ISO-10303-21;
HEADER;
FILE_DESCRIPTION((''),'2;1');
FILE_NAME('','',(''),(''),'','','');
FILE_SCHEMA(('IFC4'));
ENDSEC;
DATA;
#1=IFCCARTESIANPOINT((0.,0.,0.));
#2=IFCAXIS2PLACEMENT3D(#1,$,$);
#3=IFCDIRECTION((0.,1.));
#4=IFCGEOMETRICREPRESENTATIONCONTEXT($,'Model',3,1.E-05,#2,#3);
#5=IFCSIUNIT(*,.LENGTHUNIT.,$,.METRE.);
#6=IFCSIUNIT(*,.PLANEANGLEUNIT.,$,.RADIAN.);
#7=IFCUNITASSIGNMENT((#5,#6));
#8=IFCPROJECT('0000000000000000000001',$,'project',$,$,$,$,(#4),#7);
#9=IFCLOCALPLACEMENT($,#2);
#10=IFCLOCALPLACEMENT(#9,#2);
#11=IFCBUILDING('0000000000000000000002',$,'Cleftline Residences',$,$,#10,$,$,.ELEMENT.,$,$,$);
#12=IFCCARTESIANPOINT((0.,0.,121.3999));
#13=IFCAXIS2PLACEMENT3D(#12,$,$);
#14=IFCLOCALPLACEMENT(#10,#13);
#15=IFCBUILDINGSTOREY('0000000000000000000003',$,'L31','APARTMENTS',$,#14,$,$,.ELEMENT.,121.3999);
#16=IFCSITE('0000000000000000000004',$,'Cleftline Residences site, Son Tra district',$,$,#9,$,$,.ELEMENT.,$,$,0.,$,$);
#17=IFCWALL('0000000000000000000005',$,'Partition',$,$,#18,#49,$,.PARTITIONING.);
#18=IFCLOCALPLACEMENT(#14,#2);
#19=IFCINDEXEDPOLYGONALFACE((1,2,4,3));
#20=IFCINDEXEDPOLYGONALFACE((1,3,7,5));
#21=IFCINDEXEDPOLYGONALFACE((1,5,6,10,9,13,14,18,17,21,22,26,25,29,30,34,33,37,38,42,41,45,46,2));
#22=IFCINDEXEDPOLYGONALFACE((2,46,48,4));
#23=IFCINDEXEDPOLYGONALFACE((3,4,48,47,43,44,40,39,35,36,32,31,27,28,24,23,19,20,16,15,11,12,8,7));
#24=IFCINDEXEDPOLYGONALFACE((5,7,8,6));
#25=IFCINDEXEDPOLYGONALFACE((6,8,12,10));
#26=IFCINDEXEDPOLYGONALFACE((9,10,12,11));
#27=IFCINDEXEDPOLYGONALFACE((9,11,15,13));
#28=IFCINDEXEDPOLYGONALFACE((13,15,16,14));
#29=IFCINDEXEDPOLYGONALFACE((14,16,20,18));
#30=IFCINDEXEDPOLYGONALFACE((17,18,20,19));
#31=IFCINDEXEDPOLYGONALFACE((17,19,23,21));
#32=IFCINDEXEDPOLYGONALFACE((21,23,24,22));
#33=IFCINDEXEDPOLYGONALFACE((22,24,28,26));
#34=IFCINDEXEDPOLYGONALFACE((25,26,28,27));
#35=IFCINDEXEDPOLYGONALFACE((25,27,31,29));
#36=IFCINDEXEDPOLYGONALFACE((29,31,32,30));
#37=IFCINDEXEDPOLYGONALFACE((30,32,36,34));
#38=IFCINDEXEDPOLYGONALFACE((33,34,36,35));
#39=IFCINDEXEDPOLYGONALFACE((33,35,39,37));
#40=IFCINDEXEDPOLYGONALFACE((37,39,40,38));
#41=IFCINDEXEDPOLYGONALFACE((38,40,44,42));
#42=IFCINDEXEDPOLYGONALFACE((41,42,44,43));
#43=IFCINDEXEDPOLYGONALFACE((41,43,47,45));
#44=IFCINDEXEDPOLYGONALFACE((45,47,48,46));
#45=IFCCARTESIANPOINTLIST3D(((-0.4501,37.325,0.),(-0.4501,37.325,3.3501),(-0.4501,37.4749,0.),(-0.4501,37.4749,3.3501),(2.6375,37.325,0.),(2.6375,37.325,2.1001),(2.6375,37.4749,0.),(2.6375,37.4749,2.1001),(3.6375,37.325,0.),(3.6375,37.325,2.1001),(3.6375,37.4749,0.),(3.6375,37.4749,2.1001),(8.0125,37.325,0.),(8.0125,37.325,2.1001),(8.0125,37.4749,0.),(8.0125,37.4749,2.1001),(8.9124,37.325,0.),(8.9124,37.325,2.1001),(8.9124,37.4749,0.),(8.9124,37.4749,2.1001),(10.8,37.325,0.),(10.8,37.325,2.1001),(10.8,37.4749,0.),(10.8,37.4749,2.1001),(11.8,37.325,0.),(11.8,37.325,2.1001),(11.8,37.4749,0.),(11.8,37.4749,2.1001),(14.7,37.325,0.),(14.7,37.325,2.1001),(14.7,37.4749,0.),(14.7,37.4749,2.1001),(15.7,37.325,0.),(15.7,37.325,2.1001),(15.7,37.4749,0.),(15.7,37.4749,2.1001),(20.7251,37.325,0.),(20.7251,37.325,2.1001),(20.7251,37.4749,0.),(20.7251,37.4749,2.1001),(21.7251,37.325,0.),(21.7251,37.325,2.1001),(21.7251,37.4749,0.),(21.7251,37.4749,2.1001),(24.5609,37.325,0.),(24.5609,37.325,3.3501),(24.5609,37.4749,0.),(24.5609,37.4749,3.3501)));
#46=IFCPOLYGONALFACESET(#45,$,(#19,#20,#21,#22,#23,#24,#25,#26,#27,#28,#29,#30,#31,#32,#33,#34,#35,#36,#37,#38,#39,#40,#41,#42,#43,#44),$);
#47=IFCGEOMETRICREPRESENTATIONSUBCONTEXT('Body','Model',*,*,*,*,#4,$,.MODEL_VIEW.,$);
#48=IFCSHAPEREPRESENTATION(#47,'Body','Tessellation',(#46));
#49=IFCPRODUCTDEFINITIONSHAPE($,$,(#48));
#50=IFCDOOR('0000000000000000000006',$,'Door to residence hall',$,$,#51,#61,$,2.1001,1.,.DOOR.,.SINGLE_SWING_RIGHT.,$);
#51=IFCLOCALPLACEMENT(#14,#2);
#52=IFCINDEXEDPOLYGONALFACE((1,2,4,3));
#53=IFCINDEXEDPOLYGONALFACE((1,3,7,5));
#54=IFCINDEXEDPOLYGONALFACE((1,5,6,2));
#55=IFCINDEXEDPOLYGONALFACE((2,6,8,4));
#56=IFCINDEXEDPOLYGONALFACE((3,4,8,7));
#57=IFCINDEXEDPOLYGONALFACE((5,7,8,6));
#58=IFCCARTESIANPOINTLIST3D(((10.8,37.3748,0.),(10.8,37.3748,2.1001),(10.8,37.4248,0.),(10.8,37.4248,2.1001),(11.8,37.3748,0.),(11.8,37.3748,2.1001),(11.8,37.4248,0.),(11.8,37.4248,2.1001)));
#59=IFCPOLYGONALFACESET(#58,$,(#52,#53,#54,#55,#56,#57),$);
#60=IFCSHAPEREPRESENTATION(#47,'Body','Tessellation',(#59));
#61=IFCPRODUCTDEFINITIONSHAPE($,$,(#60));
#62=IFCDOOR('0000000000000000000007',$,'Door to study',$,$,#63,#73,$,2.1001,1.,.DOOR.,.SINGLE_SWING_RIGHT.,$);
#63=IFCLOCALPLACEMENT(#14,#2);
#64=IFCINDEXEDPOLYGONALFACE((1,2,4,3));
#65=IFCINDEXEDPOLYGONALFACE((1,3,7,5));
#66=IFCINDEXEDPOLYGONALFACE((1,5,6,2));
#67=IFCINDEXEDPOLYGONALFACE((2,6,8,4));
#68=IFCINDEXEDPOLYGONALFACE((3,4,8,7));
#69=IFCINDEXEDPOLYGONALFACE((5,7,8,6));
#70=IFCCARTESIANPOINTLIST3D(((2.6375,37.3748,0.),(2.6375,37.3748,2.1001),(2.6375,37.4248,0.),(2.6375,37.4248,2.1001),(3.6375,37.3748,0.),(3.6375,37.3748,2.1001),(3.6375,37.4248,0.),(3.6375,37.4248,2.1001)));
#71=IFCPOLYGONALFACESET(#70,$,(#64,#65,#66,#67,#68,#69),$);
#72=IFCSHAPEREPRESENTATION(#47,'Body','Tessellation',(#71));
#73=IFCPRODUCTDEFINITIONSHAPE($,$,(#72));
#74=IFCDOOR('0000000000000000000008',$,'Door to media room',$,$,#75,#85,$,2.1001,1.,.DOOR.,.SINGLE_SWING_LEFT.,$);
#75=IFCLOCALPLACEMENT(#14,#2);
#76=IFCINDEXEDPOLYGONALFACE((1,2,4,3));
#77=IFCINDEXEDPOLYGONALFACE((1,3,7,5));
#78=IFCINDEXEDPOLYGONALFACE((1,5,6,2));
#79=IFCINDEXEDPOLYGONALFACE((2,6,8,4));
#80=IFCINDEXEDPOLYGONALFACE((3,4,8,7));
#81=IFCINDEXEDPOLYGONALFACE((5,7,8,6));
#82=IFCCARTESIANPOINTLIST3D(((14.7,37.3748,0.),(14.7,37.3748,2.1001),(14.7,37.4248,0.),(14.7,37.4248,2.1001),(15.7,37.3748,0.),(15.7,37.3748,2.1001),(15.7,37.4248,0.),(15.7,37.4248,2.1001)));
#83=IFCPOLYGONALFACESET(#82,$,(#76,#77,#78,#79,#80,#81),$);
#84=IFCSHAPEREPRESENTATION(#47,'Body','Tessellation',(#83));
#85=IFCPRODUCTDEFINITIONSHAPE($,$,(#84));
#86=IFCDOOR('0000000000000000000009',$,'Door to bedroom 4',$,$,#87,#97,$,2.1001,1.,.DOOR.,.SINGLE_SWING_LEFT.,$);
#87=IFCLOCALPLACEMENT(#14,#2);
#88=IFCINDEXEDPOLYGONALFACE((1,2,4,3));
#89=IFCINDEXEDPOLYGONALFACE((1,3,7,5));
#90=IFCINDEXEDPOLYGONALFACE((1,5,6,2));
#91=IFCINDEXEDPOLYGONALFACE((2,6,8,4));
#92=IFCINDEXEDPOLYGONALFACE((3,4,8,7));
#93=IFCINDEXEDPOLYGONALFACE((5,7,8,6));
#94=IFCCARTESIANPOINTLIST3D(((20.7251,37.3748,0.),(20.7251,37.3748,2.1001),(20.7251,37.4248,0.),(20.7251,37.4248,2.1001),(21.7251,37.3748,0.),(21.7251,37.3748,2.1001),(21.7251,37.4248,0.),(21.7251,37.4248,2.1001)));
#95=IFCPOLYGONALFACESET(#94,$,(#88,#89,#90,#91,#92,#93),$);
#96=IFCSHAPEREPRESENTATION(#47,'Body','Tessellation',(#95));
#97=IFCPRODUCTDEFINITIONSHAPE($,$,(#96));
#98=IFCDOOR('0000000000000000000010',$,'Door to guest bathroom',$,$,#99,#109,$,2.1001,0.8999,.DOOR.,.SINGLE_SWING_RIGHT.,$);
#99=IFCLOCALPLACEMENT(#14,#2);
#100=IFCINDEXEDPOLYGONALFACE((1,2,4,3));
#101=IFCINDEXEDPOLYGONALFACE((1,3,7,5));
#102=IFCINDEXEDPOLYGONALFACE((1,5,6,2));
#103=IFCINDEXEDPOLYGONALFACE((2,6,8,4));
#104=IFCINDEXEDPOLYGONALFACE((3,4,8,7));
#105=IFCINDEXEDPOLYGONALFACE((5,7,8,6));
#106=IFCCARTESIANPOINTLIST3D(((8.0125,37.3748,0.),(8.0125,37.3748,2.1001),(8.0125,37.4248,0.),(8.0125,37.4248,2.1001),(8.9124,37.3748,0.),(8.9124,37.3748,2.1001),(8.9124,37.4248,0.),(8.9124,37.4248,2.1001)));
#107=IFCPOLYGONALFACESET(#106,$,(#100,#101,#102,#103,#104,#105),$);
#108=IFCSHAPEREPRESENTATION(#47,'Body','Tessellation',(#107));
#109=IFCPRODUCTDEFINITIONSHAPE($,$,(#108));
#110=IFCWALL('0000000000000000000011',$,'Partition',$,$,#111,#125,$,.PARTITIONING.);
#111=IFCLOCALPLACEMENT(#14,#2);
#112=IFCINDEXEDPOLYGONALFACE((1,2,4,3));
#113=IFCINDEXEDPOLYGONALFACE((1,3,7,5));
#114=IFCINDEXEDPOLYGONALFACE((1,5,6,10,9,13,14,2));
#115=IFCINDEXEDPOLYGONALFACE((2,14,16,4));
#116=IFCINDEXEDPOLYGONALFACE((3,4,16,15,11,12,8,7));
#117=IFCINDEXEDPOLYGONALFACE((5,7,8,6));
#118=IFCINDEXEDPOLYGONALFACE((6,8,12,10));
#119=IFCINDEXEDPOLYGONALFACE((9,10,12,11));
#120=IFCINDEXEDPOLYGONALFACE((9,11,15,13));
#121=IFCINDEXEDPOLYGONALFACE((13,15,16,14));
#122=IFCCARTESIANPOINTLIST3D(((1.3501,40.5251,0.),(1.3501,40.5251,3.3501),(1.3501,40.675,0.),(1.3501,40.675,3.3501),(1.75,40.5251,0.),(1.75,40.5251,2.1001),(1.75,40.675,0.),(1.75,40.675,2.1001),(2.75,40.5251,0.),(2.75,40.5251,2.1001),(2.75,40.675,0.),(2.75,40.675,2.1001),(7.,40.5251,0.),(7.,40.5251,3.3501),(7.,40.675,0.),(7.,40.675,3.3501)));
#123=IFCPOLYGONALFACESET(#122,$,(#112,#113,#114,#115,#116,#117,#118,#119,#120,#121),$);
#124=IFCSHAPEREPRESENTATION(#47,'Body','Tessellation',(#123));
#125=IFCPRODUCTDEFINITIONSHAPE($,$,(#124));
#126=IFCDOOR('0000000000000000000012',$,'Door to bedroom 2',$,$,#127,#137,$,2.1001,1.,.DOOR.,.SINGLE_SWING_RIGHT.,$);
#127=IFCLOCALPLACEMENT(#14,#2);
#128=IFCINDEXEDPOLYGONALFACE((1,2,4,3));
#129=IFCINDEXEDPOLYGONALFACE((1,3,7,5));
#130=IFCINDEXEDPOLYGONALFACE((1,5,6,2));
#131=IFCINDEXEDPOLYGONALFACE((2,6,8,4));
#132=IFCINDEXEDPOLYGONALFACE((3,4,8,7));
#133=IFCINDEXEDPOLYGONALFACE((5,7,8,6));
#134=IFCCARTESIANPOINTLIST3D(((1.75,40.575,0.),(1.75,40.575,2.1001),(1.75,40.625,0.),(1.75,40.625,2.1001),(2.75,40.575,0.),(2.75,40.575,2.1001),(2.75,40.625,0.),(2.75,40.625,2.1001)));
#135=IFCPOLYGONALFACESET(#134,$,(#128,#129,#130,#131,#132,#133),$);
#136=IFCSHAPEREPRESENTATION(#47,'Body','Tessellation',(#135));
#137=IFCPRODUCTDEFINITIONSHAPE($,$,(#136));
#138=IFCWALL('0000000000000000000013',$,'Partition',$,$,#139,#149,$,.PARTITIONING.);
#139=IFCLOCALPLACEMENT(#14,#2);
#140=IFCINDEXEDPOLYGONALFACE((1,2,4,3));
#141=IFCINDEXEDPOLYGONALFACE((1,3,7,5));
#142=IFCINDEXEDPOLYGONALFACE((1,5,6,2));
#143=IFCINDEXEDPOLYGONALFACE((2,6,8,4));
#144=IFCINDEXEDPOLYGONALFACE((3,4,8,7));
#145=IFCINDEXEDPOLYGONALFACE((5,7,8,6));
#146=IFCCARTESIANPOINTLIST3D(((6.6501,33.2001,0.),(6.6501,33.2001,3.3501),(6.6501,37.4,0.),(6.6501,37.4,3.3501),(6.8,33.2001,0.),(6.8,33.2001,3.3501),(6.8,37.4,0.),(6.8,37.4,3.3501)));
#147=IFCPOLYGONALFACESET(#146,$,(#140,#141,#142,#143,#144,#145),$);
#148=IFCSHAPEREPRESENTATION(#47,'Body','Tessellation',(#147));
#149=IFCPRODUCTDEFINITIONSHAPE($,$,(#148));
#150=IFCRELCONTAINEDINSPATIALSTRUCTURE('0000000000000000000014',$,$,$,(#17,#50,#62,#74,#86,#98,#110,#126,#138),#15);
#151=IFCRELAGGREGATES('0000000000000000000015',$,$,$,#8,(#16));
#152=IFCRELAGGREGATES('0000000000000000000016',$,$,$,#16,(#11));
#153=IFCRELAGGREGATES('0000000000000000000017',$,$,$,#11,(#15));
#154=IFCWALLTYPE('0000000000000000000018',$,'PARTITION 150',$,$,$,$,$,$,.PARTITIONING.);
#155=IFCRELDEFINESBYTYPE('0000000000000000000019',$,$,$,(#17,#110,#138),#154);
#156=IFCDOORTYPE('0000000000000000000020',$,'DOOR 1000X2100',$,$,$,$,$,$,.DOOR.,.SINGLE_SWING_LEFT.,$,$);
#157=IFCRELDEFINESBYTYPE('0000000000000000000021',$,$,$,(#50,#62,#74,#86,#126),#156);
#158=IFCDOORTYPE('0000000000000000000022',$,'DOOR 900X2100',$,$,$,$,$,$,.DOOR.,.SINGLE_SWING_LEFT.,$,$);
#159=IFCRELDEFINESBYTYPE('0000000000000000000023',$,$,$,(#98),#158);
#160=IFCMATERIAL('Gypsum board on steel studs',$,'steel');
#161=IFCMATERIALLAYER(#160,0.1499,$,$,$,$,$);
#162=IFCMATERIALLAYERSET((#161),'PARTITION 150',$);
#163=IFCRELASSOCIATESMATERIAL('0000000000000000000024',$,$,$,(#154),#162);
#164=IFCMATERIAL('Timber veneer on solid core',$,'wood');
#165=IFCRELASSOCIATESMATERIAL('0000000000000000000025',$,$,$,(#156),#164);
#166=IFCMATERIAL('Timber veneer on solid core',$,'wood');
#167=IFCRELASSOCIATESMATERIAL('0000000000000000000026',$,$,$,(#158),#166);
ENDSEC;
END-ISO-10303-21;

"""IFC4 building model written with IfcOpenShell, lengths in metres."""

from ifc_helpers import new_model, si_unit, direction, frame, frame_2d, origin, place, context, subcontext, project, spatial, rectangle, extrude, material, layer, layer_set, type_object, element, fill, save


model = new_model("IFC4")

# Units and contexts
model_context = context("Model", 3, precision=1e-05, world=origin(), true_north=direction((0.0, 1.0)))
body_context = subcontext(model_context, "Body", "Model", "MODEL_VIEW")
ifc_project = project(units=[si_unit("LENGTHUNIT", "METRE"), si_unit("PLANEANGLEUNIT", "RADIAN")], contexts=[model_context])

# Site, building, storey
site_placement = place(None, origin())
site = spatial("IfcSite", under=ifc_project, at=site_placement, Name="Cleftline Residences site, Son Tra district", CompositionType="ELEMENT", RefElevation=0.0)
building_placement = place(site_placement, origin())
building = spatial("IfcBuilding", under=site, at=building_placement, Name="Cleftline Residences", CompositionType="ELEMENT")
storey_placement = place(building_placement, frame((0.0, 0.0, 121.3999)))
storey = spatial("IfcBuildingStorey", under=building, at=storey_placement, Name="L31", Description="APARTMENTS", CompositionType="ELEMENT", Elevation=121.3999)

# Shared definitions
ifc_material_1 = material(Name="Gypsum board on steel studs", Category="steel")
ifc_layer = layer(ifc_material_1, 0.1499)
ifc_layer_set = layer_set([ifc_layer], Name="PARTITION 150")
wall_type = type_object("IfcWallType", Name="PARTITION 150", PredefinedType="PARTITIONING", material=ifc_layer_set)

# Wall, openings, doors
wall_1_placement = place(storey_placement, frame((-0.45, 37.3999, 0.0), z_axis=(0.0, 0.0, 1.0), x_axis=(1.0, 0.0, 0.0)))
wall_1 = element("IfcWall", 1, at=wall_1_placement, inside=storey, type_object=wall_type, Name="Partition", PredefinedType="PARTITIONING", context=body_context, shape_type="SweptSolid", body=[
    extrude(rectangle(XDim=25.011, YDim=0.1499, at=frame_2d((12.5054, 0.0))), origin(), (0.0, 0.0, 1.0), 3.3501),
])
opening_1_placement = place(wall_1_placement, frame((11.25, 0.0, 0.0)))
opening_1 = element("IfcOpeningElement", 2, at=opening_1_placement, cuts=wall_1, PredefinedType="OPENING", context=body_context, shape_type="SweptSolid", body=[
    extrude(rectangle(XDim=1.0, YDim=2.1001, at=frame_2d((0.5, 1.05))), frame((0.0, 0.085, 0.0), z_axis=(0.0, -1.0, 0.0), x_axis=(1.0, 0.0, 0.0)), (0.0, 0.0, 1.0), 0.1699),
])
opening_2_placement = place(wall_1_placement, frame((3.0874, 0.0, 0.0)))
opening_2 = element("IfcOpeningElement", 3, at=opening_2_placement, cuts=wall_1, PredefinedType="OPENING", context=body_context, shape_type="SweptSolid", body=[
    extrude(rectangle(XDim=1.0, YDim=2.1001, at=frame_2d((0.5, 1.05))), frame((0.0, 0.085, 0.0), z_axis=(0.0, -1.0, 0.0), x_axis=(1.0, 0.0, 0.0)), (0.0, 0.0, 1.0), 0.1699),
])
opening_3_placement = place(wall_1_placement, frame((8.4624, 0.0, 0.0)))
opening_3 = element("IfcOpeningElement", 4, at=opening_3_placement, cuts=wall_1, PredefinedType="OPENING", context=body_context, shape_type="SweptSolid", body=[
    extrude(rectangle(XDim=0.8999, YDim=2.1001, at=frame_2d((0.45, 1.05))), frame((0.0, 0.085, 0.0), z_axis=(0.0, -1.0, 0.0), x_axis=(1.0, 0.0, 0.0)), (0.0, 0.0, 1.0), 0.1699),
])
opening_4_placement = place(wall_1_placement, frame((15.1499, 0.0, 0.0)))
opening_4 = element("IfcOpeningElement", 5, at=opening_4_placement, cuts=wall_1, PredefinedType="OPENING", context=body_context, shape_type="SweptSolid", body=[
    extrude(rectangle(XDim=1.0, YDim=2.1001, at=frame_2d((0.5, 1.05))), frame((0.0, 0.085, 0.0), z_axis=(0.0, -1.0, 0.0), x_axis=(1.0, 0.0, 0.0)), (0.0, 0.0, 1.0), 0.1699),
])
opening_5_placement = place(wall_1_placement, frame((21.175, 0.0, 0.0)))
opening_5 = element("IfcOpeningElement", 6, at=opening_5_placement, cuts=wall_1, PredefinedType="OPENING", context=body_context, shape_type="SweptSolid", body=[
    extrude(rectangle(XDim=1.0, YDim=2.1001, at=frame_2d((0.5, 1.05))), frame((0.0, 0.085, 0.0), z_axis=(0.0, -1.0, 0.0), x_axis=(1.0, 0.0, 0.0)), (0.0, 0.0, 1.0), 0.1699),
])
ifc_material_2 = material(Name="Timber veneer on solid core", Category="wood")
door_type_1 = type_object("IfcDoorType", Name="DOOR 1000X2100", OperationType="SINGLE_SWING_LEFT", PredefinedType="DOOR", material=ifc_material_2)
door_1_placement = place(opening_1_placement, origin())
door_1 = element("IfcDoor", 7, at=door_1_placement, inside=storey, type_object=door_type_1, Name="Door to residence hall", OperationType="SINGLE_SWING_RIGHT", OverallHeight=2.1001, OverallWidth=1.0, PredefinedType="DOOR", context=body_context, shape_type="SweptSolid", body=[
    extrude(rectangle(XDim=1.0, YDim=2.1001, at=frame_2d((0.5, 1.05))), frame((0.0, 0.0249, 0.0), z_axis=(0.0, -1.0, 0.0), x_axis=(1.0, 0.0, 0.0)), (0.0, 0.0, 1.0), 0.05),
])
fill(opening_1, door_1)
door_2_placement = place(opening_2_placement, origin())
door_2 = element("IfcDoor", 8, at=door_2_placement, inside=storey, type_object=door_type_1, Name="Door to study", OperationType="SINGLE_SWING_RIGHT", OverallHeight=2.1001, OverallWidth=1.0, PredefinedType="DOOR", context=body_context, shape_type="SweptSolid", body=[
    extrude(rectangle(XDim=1.0, YDim=2.1001, at=frame_2d((0.5, 1.05))), frame((0.0, 0.0249, 0.0), z_axis=(0.0, -1.0, 0.0), x_axis=(1.0, 0.0, 0.0)), (0.0, 0.0, 1.0), 0.05),
])
fill(opening_2, door_2)
door_3_placement = place(opening_4_placement, origin())
door_3 = element("IfcDoor", 9, at=door_3_placement, inside=storey, type_object=door_type_1, Name="Door to media room", OperationType="SINGLE_SWING_LEFT", OverallHeight=2.1001, OverallWidth=1.0, PredefinedType="DOOR", context=body_context, shape_type="SweptSolid", body=[
    extrude(rectangle(XDim=1.0, YDim=2.1001, at=frame_2d((0.5, 1.05))), frame((0.0, 0.0249, 0.0), z_axis=(0.0, -1.0, 0.0), x_axis=(1.0, 0.0, 0.0)), (0.0, 0.0, 1.0), 0.05),
])
fill(opening_4, door_3)
door_4_placement = place(opening_5_placement, origin())
door_4 = element("IfcDoor", 10, at=door_4_placement, inside=storey, type_object=door_type_1, Name="Door to bedroom 4", OperationType="SINGLE_SWING_LEFT", OverallHeight=2.1001, OverallWidth=1.0, PredefinedType="DOOR", context=body_context, shape_type="SweptSolid", body=[
    extrude(rectangle(XDim=1.0, YDim=2.1001, at=frame_2d((0.5, 1.05))), frame((0.0, 0.0249, 0.0), z_axis=(0.0, -1.0, 0.0), x_axis=(1.0, 0.0, 0.0)), (0.0, 0.0, 1.0), 0.05),
])
fill(opening_5, door_4)
ifc_material_3 = material(Name="Timber veneer on solid core", Category="wood")
door_type_2 = type_object("IfcDoorType", Name="DOOR 900X2100", OperationType="SINGLE_SWING_LEFT", PredefinedType="DOOR", material=ifc_material_3)
door_5_placement = place(opening_3_placement, origin())
door_5 = element("IfcDoor", 11, at=door_5_placement, inside=storey, type_object=door_type_2, Name="Door to guest bathroom", OperationType="SINGLE_SWING_RIGHT", OverallHeight=2.1001, OverallWidth=0.8999, PredefinedType="DOOR", context=body_context, shape_type="SweptSolid", body=[
    extrude(rectangle(XDim=0.8999, YDim=2.1001, at=frame_2d((0.45, 1.05))), frame((0.0, 0.0249, 0.0), z_axis=(0.0, -1.0, 0.0), x_axis=(1.0, 0.0, 0.0)), (0.0, 0.0, 1.0), 0.05),
])
fill(opening_3, door_5)

# Wall, opening, door
wall_2_placement = place(storey_placement, frame((1.3501, 40.6001, 0.0), z_axis=(0.0, 0.0, 1.0), x_axis=(1.0, 0.0, 0.0)))
wall_2 = element("IfcWall", 12, at=wall_2_placement, inside=storey, type_object=wall_type, Name="Partition", PredefinedType="PARTITIONING", context=body_context, shape_type="SweptSolid", body=[
    extrude(rectangle(XDim=5.6499, YDim=0.1499, at=frame_2d((2.825, 0.0))), origin(), (0.0, 0.0, 1.0), 3.3501),
])
opening_6_placement = place(wall_2_placement, frame((0.3999, 0.0, 0.0)))
opening_6 = element("IfcOpeningElement", 13, at=opening_6_placement, cuts=wall_2, PredefinedType="OPENING", context=body_context, shape_type="SweptSolid", body=[
    extrude(rectangle(XDim=1.0, YDim=2.1001, at=frame_2d((0.5, 1.05))), frame((0.0, 0.085, 0.0), z_axis=(0.0, -1.0, 0.0), x_axis=(1.0, 0.0, 0.0)), (0.0, 0.0, 1.0), 0.1699),
])
door_6_placement = place(opening_6_placement, origin())
door_6 = element("IfcDoor", 14, at=door_6_placement, inside=storey, type_object=door_type_1, Name="Door to bedroom 2", OperationType="SINGLE_SWING_RIGHT", OverallHeight=2.1001, OverallWidth=1.0, PredefinedType="DOOR", context=body_context, shape_type="SweptSolid", body=[
    extrude(rectangle(XDim=1.0, YDim=2.1001, at=frame_2d((0.5, 1.05))), frame((0.0, 0.0249, 0.0), z_axis=(0.0, -1.0, 0.0), x_axis=(1.0, 0.0, 0.0)), (0.0, 0.0, 1.0), 0.05),
])
fill(opening_6, door_6)

# Wall
wall_3_placement = place(storey_placement, frame((6.7251, 33.2, 0.0), z_axis=(0.0, 0.0, 1.0), x_axis=(0.0, 1.0, 0.0)))
element("IfcWall", 15, at=wall_3_placement, inside=storey, type_object=wall_type, Name="Partition", PredefinedType="PARTITIONING", context=body_context, shape_type="SweptSolid", body=[
    extrude(rectangle(XDim=4.2, YDim=0.1499, at=frame_2d((2.1001, 0.0))), origin(), (0.0, 0.0, 1.0), 3.3501),
])

save(model, "model.ifc")
